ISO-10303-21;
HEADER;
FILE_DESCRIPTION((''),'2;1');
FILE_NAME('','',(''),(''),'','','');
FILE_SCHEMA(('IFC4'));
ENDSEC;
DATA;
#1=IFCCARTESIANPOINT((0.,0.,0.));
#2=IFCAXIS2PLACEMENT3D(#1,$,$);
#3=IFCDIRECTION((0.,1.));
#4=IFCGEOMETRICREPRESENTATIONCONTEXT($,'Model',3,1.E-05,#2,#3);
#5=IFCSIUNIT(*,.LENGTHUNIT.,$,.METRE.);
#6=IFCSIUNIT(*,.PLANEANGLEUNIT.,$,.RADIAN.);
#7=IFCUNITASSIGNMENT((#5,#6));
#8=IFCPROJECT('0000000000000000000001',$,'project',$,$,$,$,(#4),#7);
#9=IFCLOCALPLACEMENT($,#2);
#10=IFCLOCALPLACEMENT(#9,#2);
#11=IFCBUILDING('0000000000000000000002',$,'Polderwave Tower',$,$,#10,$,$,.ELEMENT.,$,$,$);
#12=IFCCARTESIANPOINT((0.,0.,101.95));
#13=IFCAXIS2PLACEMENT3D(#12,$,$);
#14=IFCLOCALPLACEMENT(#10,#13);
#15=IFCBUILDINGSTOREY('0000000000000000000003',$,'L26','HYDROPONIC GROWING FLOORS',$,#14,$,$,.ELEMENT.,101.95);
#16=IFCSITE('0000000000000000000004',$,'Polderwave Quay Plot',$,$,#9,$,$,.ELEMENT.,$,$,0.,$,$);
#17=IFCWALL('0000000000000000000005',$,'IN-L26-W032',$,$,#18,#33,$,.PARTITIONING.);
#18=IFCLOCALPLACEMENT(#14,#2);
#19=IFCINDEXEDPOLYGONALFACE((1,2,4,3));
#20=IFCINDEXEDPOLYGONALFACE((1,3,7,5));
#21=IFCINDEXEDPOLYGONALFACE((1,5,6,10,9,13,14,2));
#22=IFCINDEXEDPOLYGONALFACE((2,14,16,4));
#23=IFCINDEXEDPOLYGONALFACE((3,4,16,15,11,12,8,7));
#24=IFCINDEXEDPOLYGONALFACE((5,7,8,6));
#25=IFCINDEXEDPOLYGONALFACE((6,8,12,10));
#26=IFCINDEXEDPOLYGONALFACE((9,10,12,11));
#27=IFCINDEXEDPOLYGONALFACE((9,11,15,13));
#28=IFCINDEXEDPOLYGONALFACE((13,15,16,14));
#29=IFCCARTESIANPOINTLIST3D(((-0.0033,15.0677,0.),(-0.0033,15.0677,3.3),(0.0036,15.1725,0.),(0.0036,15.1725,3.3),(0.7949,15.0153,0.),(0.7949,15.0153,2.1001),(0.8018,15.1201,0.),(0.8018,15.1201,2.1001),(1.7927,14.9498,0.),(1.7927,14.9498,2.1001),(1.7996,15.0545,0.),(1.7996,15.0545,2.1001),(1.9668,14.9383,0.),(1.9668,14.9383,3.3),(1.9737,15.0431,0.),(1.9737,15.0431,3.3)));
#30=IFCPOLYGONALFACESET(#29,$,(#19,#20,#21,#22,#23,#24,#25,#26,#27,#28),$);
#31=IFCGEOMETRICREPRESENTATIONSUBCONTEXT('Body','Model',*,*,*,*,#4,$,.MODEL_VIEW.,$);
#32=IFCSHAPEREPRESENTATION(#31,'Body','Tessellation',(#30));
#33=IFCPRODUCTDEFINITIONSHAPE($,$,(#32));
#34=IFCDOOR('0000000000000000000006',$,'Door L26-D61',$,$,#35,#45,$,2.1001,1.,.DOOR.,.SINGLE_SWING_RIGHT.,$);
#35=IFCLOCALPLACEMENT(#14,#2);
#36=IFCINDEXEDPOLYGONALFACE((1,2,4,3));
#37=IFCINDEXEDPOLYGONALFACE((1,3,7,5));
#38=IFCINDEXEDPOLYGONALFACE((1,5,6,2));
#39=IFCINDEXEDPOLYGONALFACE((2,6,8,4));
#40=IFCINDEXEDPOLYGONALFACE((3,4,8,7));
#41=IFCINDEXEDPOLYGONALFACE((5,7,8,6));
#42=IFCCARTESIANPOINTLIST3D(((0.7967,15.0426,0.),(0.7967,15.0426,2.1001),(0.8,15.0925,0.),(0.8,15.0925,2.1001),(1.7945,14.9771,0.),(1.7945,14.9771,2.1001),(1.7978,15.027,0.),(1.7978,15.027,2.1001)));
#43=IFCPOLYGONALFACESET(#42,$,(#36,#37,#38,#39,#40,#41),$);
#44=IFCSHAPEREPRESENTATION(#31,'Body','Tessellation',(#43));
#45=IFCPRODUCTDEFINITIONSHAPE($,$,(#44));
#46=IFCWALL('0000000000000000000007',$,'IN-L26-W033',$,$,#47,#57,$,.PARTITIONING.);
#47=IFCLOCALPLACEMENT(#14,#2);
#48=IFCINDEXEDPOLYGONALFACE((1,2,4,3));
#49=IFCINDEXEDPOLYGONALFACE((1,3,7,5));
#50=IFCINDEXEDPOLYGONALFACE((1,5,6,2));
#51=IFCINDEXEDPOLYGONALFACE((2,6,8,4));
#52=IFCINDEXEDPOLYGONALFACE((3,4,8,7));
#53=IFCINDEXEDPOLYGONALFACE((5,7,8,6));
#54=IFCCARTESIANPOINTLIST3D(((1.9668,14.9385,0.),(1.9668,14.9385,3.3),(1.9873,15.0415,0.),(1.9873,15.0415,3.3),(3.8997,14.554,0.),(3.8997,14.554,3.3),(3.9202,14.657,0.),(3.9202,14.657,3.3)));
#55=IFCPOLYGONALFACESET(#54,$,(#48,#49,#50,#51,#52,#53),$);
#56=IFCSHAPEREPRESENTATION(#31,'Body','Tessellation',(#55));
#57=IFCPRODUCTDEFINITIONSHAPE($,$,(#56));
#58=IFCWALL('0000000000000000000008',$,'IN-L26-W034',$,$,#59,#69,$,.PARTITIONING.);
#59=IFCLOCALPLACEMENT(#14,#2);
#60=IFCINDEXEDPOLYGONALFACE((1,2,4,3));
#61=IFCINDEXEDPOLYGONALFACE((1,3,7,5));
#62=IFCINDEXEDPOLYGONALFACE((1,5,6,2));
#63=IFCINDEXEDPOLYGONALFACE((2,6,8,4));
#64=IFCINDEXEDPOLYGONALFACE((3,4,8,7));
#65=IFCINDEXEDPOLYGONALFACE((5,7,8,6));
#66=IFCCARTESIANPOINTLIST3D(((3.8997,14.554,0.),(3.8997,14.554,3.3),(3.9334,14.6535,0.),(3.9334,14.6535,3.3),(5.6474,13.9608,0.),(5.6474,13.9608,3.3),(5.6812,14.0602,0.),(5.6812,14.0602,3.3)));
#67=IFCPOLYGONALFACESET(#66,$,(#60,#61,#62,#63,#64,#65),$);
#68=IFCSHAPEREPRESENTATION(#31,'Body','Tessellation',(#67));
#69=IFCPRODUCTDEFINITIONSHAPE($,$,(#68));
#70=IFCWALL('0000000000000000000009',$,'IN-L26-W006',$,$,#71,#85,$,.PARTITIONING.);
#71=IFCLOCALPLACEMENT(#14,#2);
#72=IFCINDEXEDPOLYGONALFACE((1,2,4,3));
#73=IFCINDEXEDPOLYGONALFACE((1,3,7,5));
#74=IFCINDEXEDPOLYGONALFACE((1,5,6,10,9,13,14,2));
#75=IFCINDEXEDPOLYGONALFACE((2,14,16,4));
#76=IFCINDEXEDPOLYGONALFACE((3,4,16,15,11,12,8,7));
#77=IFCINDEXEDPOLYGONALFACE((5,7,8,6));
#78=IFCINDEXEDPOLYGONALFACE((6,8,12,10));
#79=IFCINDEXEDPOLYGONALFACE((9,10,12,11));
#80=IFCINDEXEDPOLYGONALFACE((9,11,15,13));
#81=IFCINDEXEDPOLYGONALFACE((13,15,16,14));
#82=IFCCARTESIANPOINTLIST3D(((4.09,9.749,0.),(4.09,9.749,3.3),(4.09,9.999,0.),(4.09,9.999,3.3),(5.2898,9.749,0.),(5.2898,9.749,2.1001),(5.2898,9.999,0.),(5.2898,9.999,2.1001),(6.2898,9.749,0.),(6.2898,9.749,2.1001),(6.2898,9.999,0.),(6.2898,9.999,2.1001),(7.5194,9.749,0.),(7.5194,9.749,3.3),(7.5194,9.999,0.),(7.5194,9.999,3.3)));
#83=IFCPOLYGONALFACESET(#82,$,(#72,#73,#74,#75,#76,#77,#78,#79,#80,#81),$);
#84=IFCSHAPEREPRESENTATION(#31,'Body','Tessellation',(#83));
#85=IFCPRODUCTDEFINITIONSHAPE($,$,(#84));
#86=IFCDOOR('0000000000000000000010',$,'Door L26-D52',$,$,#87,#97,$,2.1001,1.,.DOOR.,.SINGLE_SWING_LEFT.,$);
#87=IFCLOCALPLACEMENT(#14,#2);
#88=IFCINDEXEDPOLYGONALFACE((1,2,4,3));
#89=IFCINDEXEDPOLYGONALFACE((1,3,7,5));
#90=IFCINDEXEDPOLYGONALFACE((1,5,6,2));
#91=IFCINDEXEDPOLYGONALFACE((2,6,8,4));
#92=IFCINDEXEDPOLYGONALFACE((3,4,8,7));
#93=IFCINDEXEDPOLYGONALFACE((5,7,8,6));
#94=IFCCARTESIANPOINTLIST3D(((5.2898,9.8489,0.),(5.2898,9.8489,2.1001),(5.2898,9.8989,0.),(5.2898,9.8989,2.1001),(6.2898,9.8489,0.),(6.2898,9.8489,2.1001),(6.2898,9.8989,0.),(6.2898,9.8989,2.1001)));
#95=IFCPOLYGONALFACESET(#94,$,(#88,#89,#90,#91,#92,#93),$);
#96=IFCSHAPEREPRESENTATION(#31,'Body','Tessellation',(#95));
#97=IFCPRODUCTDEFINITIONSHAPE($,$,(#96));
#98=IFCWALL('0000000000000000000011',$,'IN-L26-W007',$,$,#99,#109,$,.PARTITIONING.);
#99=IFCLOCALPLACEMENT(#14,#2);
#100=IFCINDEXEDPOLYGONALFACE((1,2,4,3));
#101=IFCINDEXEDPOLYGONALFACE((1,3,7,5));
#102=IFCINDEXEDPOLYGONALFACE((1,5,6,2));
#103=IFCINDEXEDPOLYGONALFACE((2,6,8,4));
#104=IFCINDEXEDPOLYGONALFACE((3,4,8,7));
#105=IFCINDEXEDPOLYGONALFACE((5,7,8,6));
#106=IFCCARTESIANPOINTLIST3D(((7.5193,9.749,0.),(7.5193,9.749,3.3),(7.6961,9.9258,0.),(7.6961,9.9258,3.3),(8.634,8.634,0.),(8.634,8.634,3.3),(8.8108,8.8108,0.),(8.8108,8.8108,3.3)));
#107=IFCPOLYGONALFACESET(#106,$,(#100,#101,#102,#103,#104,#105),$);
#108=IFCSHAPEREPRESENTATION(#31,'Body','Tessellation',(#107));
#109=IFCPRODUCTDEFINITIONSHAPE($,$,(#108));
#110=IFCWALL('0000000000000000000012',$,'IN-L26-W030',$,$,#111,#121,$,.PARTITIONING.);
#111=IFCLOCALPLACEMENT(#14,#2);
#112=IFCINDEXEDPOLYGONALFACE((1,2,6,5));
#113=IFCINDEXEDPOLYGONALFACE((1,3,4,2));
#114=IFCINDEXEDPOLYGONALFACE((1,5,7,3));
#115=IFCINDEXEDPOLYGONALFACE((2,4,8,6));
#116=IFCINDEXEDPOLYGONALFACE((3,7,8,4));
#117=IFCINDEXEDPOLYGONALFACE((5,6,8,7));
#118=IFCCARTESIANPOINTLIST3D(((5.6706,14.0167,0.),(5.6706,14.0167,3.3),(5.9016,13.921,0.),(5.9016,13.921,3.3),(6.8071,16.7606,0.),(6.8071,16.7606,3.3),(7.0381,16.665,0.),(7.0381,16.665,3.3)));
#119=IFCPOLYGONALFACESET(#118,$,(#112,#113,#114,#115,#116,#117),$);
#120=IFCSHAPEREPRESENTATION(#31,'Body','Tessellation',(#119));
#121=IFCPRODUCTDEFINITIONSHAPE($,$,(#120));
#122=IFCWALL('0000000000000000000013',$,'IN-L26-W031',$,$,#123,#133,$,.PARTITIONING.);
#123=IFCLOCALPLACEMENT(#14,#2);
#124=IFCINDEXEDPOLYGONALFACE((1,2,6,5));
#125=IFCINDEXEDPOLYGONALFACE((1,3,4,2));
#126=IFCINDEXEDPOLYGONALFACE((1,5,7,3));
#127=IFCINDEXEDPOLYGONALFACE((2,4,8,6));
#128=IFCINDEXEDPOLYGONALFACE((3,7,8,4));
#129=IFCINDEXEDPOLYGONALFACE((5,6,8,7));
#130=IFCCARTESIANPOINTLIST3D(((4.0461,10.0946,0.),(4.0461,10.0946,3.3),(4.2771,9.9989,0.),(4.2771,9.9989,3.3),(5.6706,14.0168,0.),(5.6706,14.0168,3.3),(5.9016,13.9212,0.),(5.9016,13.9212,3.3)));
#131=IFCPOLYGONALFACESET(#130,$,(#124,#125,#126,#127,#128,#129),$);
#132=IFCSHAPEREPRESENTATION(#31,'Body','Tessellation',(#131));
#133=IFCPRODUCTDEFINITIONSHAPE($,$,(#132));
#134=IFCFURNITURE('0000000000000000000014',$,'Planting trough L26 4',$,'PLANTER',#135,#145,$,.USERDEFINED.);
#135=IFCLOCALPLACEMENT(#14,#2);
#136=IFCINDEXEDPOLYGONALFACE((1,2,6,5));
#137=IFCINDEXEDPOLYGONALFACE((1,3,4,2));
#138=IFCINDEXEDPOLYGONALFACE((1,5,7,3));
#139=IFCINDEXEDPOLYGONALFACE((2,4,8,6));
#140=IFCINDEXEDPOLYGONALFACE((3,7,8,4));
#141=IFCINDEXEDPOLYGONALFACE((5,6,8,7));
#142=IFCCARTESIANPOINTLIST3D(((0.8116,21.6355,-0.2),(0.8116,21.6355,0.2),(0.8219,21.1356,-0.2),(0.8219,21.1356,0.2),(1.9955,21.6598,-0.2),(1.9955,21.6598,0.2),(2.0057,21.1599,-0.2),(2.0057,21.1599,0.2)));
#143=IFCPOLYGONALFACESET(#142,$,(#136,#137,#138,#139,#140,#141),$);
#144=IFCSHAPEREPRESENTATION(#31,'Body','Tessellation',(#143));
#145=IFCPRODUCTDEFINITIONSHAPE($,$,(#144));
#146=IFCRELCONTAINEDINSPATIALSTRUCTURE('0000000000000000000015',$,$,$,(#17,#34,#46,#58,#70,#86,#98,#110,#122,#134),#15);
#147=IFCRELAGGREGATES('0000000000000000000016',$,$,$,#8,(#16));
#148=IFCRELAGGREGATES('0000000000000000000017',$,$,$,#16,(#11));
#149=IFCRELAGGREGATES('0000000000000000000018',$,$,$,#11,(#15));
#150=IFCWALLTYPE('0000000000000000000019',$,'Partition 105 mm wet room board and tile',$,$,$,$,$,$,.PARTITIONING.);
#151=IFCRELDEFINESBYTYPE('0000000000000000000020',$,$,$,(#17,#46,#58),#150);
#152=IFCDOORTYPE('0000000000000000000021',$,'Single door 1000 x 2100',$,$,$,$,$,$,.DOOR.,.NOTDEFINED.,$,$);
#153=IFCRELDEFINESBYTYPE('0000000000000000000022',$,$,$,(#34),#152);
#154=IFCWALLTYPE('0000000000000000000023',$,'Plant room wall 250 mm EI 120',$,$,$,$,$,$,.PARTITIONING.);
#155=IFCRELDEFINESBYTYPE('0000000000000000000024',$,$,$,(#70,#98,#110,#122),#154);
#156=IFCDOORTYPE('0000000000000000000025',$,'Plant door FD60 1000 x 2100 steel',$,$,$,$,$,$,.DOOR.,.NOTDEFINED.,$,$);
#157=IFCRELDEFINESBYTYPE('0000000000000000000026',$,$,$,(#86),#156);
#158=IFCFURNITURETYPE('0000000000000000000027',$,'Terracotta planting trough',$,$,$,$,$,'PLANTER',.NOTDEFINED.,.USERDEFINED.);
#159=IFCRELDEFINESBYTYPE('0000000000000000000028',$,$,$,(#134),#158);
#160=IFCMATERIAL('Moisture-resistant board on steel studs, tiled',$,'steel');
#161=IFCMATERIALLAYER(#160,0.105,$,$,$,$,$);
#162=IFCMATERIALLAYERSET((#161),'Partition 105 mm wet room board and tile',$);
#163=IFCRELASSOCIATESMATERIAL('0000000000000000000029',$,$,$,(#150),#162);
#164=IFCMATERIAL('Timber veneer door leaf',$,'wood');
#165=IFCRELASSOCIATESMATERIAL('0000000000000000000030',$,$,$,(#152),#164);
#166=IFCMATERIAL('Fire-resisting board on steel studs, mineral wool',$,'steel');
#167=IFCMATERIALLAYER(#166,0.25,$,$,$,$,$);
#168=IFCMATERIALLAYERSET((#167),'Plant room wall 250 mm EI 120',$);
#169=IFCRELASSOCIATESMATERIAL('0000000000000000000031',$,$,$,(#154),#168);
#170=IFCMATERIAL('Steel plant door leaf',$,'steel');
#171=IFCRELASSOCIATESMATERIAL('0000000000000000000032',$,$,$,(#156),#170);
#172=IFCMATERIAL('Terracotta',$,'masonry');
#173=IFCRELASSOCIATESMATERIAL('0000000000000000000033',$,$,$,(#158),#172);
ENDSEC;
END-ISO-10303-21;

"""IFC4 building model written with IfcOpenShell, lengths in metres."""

from ifc_helpers import new_model, si_unit, direction, frame, frame_2d, origin, origin_2d, place, context, subcontext, project, spatial, rectangle, extrude, material, layer, layer_set, type_object, element, fill, save


model = new_model("IFC4")

# Units and contexts
model_context = context("Model", 3, precision=1e-05, world=origin(), true_north=direction((0.0, 1.0)))
body_context = subcontext(model_context, "Body", "Model", "MODEL_VIEW")
ifc_project = project(units=[si_unit("LENGTHUNIT", "METRE"), si_unit("PLANEANGLEUNIT", "RADIAN")], contexts=[model_context])

# Site, building, storey
site_placement = place(None, origin())
site = spatial("IfcSite", under=ifc_project, at=site_placement, Name="Polderwave Quay Plot", CompositionType="ELEMENT", RefElevation=0.0)
building_placement = place(site_placement, origin())
building = spatial("IfcBuilding", under=site, at=building_placement, Name="Polderwave Tower", CompositionType="ELEMENT")
storey_placement = place(building_placement, frame((0.0, 0.0, 101.95)))
storey = spatial("IfcBuildingStorey", under=building, at=storey_placement, Name="L26", Description="HYDROPONIC GROWING FLOORS", CompositionType="ELEMENT", Elevation=101.95)

# Wall, opening, door
ifc_material_1 = material(Name="Moisture-resistant board on steel studs, tiled", Category="steel")
ifc_layer_1 = layer(ifc_material_1, 0.105)
ifc_layer_set_1 = layer_set([ifc_layer_1], Name="Partition 105 mm wet room board and tile")
wall_type_1 = type_object("IfcWallType", Name="Partition 105 mm wet room board and tile", PredefinedType="PARTITIONING", material=ifc_layer_set_1)
wall_1_placement = place(storey_placement, frame((0.0, 15.1201, 0.0), z_axis=(0.0, 0.0, 1.0), x_axis=(0.99785, -0.065534, 0.0)))
wall_1 = element("IfcWall", 1, at=wall_1_placement, inside=storey, type_object=wall_type_1, Name="IN-L26-W032", PredefinedType="PARTITIONING", context=body_context, shape_type="SweptSolid", body=[
    extrude(rectangle(XDim=1.9744, YDim=0.105, at=frame_2d((0.9873, 0.0))), origin(), (0.0, 0.0, 1.0), 3.3),
])
opening_1_placement = place(wall_1_placement, frame((0.8, 0.0, 0.0)))
opening_1 = element("IfcOpeningElement", 2, at=opening_1_placement, cuts=wall_1, PredefinedType="OPENING", context=body_context, shape_type="SweptSolid", body=[
    extrude(rectangle(XDim=1.0, YDim=2.1001, at=frame_2d((0.5, 1.05))), frame((0.0, 0.0625, 0.0), z_axis=(0.0, -1.0, 0.0), x_axis=(1.0, 0.0, 0.0)), (0.0, 0.0, 1.0), 0.125),
])
ifc_material_2 = material(Name="Timber veneer door leaf", Category="wood")
door_type_1 = type_object("IfcDoorType", Name="Single door 1000 x 2100", OperationType="NOTDEFINED", PredefinedType="DOOR", material=ifc_material_2)
door_1_placement = place(opening_1_placement, origin())
door_1 = element("IfcDoor", 3, at=door_1_placement, inside=storey, type_object=door_type_1, Name="Door L26-D61", OperationType="SINGLE_SWING_RIGHT", OverallHeight=2.1001, OverallWidth=1.0, PredefinedType="DOOR", context=body_context, shape_type="SweptSolid", body=[
    extrude(rectangle(XDim=1.0, YDim=2.1001, at=frame_2d((0.5, 1.05))), frame((0.0, 0.0249, 0.0), z_axis=(0.0, -1.0, 0.0), x_axis=(1.0, 0.0, 0.0)), (0.0, 0.0, 1.0), 0.05),
])
fill(opening_1, door_1)

# Walls
wall_2_placement = place(storey_placement, frame((3.9099, 14.6055, 0.0), z_axis=(0.0, 0.0, 1.0), x_axis=(-0.98078, 0.195115, 0.0)))
element("IfcWall", 4, at=wall_2_placement, inside=storey, type_object=wall_type_1, Name="IN-L26-W033", PredefinedType="PARTITIONING", context=body_context, shape_type="SweptSolid", body=[
    extrude(rectangle(XDim=1.9707, YDim=0.105, at=frame_2d((0.9854, 0.0))), origin(), (0.0, 0.0, 1.0), 3.3),
])
wall_3_placement = place(storey_placement, frame((5.6643, 14.0105, 0.0), z_axis=(0.0, 0.0, 1.0), x_axis=(-0.946936, 0.321421, 0.0)))
element("IfcWall", 5, at=wall_3_placement, inside=storey, type_object=wall_type_1, Name="IN-L26-W034", PredefinedType="PARTITIONING", context=body_context, shape_type="SweptSolid", body=[
    extrude(rectangle(XDim=1.8457, YDim=0.105, at=frame_2d((0.9229, 0.0))), origin(), (0.0, 0.0, 1.0), 3.3),
])

# Wall, opening, door
ifc_material_3 = material(Name="Fire-resisting board on steel studs, mineral wool", Category="steel")
ifc_layer_2 = layer(ifc_material_3, 0.25)
ifc_layer_set_2 = layer_set([ifc_layer_2], Name="Plant room wall 250 mm EI 120")
wall_type_2 = type_object("IfcWallType", Name="Plant room wall 250 mm EI 120", PredefinedType="PARTITIONING", material=ifc_layer_set_2)
wall_4_placement = place(storey_placement, frame((4.0898, 9.874, 0.0), z_axis=(0.0, 0.0, 1.0), x_axis=(1.0, 0.0, 0.0)))
wall_4 = element("IfcWall", 6, at=wall_4_placement, inside=storey, type_object=wall_type_2, Name="IN-L26-W006", PredefinedType="PARTITIONING", context=body_context, shape_type="SweptSolid", body=[
    extrude(rectangle(XDim=3.4294, YDim=0.25, at=frame_2d((1.7148, 0.0))), origin(), (0.0, 0.0, 1.0), 3.3),
])
opening_2_placement = place(wall_4_placement, frame((1.2, 0.0, 0.0)))
opening_2 = element("IfcOpeningElement", 7, at=opening_2_placement, cuts=wall_4, PredefinedType="OPENING", context=body_context, shape_type="SweptSolid", body=[
    extrude(rectangle(XDim=1.0, YDim=2.1001, at=frame_2d((0.5, 1.05))), frame((0.0, 0.135, 0.0), z_axis=(0.0, -1.0, 0.0), x_axis=(1.0, 0.0, 0.0)), (0.0, 0.0, 1.0), 0.27),
])
ifc_material_4 = material(Name="Steel plant door leaf", Category="steel")
door_type_2 = type_object("IfcDoorType", Name="Plant door FD60 1000 x 2100 steel", OperationType="NOTDEFINED", PredefinedType="DOOR", material=ifc_material_4)
door_2_placement = place(opening_2_placement, origin())
door_2 = element("IfcDoor", 8, at=door_2_placement, inside=storey, type_object=door_type_2, Name="Door L26-D52", OperationType="SINGLE_SWING_LEFT", OverallHeight=2.1001, OverallWidth=1.0, PredefinedType="DOOR", context=body_context, shape_type="SweptSolid", body=[
    extrude(rectangle(XDim=1.0, YDim=2.1001, at=frame_2d((0.5, 1.05))), frame((0.0, 0.0249, 0.0), z_axis=(0.0, -1.0, 0.0), x_axis=(1.0, 0.0, 0.0)), (0.0, 0.0, 1.0), 0.05),
])
fill(opening_2, door_2)

# Walls
wall_5_placement = place(storey_placement, frame((7.6077, 9.8374, 0.0), z_axis=(0.0, 0.0, 1.0), x_axis=(0.707029, -0.707184, 0.0)))
element("IfcWall", 9, at=wall_5_placement, inside=storey, type_object=wall_type_2, Name="IN-L26-W007", PredefinedType="PARTITIONING", context=body_context, shape_type="SweptSolid", body=[
    extrude(rectangle(XDim=1.5767, YDim=0.25, at=frame_2d((0.7883, 0.0))), origin(), (0.0, 0.0, 1.0), 3.3),
])
wall_6_placement = place(storey_placement, frame((5.7861, 13.969, 0.0), z_axis=(0.0, 0.0, 1.0), x_axis=(0.382659, 0.92389, 0.0)))
element("IfcWall", 10, at=wall_6_placement, inside=storey, type_object=wall_type_2, Name="IN-L26-W030", PredefinedType="PARTITIONING", context=body_context, shape_type="SweptSolid", body=[
    extrude(rectangle(XDim=2.97, YDim=0.25, at=frame_2d((1.4849, 0.0))), origin(), (0.0, 0.0, 1.0), 3.3),
])
wall_7_placement = place(storey_placement, frame((4.1616, 10.0469, 0.0), z_axis=(0.0, 0.0, 1.0), x_axis=(0.382667, 0.923886, 0.0)))
element("IfcWall", 11, at=wall_7_placement, inside=storey, type_object=wall_type_2, Name="IN-L26-W031", PredefinedType="PARTITIONING", context=body_context, shape_type="SweptSolid", body=[
    extrude(rectangle(XDim=4.2454, YDim=0.25, at=frame_2d((2.1226, 0.0))), origin(), (0.0, 0.0, 1.0), 3.3),
])

# Furniture
ifc_material_5 = material(Name="Terracotta", Category="masonry")
furniture_type = type_object("IfcFurnitureType", Name="Terracotta planting trough", ElementType="PLANTER", AssemblyPlace="NOTDEFINED", PredefinedType="USERDEFINED", material=ifc_material_5)
furniture_placement = place(storey_placement, frame((1.4087, 21.3977, -0.2), z_axis=(0.0, 0.0, 1.0), x_axis=(-0.999789, -0.020559, 0.0)))
element("IfcFurniture", 12, at=furniture_placement, inside=storey, type_object=furniture_type, Name="Planting trough L26 4", ObjectType="PLANTER", PredefinedType="USERDEFINED", context=body_context, shape_type="SweptSolid", body=[
    extrude(rectangle(XDim=1.1841, YDim=0.5, at=origin_2d()), origin(), (0.0, 0.0, 1.0), 0.3999),
])

save(model, "model.ifc")
